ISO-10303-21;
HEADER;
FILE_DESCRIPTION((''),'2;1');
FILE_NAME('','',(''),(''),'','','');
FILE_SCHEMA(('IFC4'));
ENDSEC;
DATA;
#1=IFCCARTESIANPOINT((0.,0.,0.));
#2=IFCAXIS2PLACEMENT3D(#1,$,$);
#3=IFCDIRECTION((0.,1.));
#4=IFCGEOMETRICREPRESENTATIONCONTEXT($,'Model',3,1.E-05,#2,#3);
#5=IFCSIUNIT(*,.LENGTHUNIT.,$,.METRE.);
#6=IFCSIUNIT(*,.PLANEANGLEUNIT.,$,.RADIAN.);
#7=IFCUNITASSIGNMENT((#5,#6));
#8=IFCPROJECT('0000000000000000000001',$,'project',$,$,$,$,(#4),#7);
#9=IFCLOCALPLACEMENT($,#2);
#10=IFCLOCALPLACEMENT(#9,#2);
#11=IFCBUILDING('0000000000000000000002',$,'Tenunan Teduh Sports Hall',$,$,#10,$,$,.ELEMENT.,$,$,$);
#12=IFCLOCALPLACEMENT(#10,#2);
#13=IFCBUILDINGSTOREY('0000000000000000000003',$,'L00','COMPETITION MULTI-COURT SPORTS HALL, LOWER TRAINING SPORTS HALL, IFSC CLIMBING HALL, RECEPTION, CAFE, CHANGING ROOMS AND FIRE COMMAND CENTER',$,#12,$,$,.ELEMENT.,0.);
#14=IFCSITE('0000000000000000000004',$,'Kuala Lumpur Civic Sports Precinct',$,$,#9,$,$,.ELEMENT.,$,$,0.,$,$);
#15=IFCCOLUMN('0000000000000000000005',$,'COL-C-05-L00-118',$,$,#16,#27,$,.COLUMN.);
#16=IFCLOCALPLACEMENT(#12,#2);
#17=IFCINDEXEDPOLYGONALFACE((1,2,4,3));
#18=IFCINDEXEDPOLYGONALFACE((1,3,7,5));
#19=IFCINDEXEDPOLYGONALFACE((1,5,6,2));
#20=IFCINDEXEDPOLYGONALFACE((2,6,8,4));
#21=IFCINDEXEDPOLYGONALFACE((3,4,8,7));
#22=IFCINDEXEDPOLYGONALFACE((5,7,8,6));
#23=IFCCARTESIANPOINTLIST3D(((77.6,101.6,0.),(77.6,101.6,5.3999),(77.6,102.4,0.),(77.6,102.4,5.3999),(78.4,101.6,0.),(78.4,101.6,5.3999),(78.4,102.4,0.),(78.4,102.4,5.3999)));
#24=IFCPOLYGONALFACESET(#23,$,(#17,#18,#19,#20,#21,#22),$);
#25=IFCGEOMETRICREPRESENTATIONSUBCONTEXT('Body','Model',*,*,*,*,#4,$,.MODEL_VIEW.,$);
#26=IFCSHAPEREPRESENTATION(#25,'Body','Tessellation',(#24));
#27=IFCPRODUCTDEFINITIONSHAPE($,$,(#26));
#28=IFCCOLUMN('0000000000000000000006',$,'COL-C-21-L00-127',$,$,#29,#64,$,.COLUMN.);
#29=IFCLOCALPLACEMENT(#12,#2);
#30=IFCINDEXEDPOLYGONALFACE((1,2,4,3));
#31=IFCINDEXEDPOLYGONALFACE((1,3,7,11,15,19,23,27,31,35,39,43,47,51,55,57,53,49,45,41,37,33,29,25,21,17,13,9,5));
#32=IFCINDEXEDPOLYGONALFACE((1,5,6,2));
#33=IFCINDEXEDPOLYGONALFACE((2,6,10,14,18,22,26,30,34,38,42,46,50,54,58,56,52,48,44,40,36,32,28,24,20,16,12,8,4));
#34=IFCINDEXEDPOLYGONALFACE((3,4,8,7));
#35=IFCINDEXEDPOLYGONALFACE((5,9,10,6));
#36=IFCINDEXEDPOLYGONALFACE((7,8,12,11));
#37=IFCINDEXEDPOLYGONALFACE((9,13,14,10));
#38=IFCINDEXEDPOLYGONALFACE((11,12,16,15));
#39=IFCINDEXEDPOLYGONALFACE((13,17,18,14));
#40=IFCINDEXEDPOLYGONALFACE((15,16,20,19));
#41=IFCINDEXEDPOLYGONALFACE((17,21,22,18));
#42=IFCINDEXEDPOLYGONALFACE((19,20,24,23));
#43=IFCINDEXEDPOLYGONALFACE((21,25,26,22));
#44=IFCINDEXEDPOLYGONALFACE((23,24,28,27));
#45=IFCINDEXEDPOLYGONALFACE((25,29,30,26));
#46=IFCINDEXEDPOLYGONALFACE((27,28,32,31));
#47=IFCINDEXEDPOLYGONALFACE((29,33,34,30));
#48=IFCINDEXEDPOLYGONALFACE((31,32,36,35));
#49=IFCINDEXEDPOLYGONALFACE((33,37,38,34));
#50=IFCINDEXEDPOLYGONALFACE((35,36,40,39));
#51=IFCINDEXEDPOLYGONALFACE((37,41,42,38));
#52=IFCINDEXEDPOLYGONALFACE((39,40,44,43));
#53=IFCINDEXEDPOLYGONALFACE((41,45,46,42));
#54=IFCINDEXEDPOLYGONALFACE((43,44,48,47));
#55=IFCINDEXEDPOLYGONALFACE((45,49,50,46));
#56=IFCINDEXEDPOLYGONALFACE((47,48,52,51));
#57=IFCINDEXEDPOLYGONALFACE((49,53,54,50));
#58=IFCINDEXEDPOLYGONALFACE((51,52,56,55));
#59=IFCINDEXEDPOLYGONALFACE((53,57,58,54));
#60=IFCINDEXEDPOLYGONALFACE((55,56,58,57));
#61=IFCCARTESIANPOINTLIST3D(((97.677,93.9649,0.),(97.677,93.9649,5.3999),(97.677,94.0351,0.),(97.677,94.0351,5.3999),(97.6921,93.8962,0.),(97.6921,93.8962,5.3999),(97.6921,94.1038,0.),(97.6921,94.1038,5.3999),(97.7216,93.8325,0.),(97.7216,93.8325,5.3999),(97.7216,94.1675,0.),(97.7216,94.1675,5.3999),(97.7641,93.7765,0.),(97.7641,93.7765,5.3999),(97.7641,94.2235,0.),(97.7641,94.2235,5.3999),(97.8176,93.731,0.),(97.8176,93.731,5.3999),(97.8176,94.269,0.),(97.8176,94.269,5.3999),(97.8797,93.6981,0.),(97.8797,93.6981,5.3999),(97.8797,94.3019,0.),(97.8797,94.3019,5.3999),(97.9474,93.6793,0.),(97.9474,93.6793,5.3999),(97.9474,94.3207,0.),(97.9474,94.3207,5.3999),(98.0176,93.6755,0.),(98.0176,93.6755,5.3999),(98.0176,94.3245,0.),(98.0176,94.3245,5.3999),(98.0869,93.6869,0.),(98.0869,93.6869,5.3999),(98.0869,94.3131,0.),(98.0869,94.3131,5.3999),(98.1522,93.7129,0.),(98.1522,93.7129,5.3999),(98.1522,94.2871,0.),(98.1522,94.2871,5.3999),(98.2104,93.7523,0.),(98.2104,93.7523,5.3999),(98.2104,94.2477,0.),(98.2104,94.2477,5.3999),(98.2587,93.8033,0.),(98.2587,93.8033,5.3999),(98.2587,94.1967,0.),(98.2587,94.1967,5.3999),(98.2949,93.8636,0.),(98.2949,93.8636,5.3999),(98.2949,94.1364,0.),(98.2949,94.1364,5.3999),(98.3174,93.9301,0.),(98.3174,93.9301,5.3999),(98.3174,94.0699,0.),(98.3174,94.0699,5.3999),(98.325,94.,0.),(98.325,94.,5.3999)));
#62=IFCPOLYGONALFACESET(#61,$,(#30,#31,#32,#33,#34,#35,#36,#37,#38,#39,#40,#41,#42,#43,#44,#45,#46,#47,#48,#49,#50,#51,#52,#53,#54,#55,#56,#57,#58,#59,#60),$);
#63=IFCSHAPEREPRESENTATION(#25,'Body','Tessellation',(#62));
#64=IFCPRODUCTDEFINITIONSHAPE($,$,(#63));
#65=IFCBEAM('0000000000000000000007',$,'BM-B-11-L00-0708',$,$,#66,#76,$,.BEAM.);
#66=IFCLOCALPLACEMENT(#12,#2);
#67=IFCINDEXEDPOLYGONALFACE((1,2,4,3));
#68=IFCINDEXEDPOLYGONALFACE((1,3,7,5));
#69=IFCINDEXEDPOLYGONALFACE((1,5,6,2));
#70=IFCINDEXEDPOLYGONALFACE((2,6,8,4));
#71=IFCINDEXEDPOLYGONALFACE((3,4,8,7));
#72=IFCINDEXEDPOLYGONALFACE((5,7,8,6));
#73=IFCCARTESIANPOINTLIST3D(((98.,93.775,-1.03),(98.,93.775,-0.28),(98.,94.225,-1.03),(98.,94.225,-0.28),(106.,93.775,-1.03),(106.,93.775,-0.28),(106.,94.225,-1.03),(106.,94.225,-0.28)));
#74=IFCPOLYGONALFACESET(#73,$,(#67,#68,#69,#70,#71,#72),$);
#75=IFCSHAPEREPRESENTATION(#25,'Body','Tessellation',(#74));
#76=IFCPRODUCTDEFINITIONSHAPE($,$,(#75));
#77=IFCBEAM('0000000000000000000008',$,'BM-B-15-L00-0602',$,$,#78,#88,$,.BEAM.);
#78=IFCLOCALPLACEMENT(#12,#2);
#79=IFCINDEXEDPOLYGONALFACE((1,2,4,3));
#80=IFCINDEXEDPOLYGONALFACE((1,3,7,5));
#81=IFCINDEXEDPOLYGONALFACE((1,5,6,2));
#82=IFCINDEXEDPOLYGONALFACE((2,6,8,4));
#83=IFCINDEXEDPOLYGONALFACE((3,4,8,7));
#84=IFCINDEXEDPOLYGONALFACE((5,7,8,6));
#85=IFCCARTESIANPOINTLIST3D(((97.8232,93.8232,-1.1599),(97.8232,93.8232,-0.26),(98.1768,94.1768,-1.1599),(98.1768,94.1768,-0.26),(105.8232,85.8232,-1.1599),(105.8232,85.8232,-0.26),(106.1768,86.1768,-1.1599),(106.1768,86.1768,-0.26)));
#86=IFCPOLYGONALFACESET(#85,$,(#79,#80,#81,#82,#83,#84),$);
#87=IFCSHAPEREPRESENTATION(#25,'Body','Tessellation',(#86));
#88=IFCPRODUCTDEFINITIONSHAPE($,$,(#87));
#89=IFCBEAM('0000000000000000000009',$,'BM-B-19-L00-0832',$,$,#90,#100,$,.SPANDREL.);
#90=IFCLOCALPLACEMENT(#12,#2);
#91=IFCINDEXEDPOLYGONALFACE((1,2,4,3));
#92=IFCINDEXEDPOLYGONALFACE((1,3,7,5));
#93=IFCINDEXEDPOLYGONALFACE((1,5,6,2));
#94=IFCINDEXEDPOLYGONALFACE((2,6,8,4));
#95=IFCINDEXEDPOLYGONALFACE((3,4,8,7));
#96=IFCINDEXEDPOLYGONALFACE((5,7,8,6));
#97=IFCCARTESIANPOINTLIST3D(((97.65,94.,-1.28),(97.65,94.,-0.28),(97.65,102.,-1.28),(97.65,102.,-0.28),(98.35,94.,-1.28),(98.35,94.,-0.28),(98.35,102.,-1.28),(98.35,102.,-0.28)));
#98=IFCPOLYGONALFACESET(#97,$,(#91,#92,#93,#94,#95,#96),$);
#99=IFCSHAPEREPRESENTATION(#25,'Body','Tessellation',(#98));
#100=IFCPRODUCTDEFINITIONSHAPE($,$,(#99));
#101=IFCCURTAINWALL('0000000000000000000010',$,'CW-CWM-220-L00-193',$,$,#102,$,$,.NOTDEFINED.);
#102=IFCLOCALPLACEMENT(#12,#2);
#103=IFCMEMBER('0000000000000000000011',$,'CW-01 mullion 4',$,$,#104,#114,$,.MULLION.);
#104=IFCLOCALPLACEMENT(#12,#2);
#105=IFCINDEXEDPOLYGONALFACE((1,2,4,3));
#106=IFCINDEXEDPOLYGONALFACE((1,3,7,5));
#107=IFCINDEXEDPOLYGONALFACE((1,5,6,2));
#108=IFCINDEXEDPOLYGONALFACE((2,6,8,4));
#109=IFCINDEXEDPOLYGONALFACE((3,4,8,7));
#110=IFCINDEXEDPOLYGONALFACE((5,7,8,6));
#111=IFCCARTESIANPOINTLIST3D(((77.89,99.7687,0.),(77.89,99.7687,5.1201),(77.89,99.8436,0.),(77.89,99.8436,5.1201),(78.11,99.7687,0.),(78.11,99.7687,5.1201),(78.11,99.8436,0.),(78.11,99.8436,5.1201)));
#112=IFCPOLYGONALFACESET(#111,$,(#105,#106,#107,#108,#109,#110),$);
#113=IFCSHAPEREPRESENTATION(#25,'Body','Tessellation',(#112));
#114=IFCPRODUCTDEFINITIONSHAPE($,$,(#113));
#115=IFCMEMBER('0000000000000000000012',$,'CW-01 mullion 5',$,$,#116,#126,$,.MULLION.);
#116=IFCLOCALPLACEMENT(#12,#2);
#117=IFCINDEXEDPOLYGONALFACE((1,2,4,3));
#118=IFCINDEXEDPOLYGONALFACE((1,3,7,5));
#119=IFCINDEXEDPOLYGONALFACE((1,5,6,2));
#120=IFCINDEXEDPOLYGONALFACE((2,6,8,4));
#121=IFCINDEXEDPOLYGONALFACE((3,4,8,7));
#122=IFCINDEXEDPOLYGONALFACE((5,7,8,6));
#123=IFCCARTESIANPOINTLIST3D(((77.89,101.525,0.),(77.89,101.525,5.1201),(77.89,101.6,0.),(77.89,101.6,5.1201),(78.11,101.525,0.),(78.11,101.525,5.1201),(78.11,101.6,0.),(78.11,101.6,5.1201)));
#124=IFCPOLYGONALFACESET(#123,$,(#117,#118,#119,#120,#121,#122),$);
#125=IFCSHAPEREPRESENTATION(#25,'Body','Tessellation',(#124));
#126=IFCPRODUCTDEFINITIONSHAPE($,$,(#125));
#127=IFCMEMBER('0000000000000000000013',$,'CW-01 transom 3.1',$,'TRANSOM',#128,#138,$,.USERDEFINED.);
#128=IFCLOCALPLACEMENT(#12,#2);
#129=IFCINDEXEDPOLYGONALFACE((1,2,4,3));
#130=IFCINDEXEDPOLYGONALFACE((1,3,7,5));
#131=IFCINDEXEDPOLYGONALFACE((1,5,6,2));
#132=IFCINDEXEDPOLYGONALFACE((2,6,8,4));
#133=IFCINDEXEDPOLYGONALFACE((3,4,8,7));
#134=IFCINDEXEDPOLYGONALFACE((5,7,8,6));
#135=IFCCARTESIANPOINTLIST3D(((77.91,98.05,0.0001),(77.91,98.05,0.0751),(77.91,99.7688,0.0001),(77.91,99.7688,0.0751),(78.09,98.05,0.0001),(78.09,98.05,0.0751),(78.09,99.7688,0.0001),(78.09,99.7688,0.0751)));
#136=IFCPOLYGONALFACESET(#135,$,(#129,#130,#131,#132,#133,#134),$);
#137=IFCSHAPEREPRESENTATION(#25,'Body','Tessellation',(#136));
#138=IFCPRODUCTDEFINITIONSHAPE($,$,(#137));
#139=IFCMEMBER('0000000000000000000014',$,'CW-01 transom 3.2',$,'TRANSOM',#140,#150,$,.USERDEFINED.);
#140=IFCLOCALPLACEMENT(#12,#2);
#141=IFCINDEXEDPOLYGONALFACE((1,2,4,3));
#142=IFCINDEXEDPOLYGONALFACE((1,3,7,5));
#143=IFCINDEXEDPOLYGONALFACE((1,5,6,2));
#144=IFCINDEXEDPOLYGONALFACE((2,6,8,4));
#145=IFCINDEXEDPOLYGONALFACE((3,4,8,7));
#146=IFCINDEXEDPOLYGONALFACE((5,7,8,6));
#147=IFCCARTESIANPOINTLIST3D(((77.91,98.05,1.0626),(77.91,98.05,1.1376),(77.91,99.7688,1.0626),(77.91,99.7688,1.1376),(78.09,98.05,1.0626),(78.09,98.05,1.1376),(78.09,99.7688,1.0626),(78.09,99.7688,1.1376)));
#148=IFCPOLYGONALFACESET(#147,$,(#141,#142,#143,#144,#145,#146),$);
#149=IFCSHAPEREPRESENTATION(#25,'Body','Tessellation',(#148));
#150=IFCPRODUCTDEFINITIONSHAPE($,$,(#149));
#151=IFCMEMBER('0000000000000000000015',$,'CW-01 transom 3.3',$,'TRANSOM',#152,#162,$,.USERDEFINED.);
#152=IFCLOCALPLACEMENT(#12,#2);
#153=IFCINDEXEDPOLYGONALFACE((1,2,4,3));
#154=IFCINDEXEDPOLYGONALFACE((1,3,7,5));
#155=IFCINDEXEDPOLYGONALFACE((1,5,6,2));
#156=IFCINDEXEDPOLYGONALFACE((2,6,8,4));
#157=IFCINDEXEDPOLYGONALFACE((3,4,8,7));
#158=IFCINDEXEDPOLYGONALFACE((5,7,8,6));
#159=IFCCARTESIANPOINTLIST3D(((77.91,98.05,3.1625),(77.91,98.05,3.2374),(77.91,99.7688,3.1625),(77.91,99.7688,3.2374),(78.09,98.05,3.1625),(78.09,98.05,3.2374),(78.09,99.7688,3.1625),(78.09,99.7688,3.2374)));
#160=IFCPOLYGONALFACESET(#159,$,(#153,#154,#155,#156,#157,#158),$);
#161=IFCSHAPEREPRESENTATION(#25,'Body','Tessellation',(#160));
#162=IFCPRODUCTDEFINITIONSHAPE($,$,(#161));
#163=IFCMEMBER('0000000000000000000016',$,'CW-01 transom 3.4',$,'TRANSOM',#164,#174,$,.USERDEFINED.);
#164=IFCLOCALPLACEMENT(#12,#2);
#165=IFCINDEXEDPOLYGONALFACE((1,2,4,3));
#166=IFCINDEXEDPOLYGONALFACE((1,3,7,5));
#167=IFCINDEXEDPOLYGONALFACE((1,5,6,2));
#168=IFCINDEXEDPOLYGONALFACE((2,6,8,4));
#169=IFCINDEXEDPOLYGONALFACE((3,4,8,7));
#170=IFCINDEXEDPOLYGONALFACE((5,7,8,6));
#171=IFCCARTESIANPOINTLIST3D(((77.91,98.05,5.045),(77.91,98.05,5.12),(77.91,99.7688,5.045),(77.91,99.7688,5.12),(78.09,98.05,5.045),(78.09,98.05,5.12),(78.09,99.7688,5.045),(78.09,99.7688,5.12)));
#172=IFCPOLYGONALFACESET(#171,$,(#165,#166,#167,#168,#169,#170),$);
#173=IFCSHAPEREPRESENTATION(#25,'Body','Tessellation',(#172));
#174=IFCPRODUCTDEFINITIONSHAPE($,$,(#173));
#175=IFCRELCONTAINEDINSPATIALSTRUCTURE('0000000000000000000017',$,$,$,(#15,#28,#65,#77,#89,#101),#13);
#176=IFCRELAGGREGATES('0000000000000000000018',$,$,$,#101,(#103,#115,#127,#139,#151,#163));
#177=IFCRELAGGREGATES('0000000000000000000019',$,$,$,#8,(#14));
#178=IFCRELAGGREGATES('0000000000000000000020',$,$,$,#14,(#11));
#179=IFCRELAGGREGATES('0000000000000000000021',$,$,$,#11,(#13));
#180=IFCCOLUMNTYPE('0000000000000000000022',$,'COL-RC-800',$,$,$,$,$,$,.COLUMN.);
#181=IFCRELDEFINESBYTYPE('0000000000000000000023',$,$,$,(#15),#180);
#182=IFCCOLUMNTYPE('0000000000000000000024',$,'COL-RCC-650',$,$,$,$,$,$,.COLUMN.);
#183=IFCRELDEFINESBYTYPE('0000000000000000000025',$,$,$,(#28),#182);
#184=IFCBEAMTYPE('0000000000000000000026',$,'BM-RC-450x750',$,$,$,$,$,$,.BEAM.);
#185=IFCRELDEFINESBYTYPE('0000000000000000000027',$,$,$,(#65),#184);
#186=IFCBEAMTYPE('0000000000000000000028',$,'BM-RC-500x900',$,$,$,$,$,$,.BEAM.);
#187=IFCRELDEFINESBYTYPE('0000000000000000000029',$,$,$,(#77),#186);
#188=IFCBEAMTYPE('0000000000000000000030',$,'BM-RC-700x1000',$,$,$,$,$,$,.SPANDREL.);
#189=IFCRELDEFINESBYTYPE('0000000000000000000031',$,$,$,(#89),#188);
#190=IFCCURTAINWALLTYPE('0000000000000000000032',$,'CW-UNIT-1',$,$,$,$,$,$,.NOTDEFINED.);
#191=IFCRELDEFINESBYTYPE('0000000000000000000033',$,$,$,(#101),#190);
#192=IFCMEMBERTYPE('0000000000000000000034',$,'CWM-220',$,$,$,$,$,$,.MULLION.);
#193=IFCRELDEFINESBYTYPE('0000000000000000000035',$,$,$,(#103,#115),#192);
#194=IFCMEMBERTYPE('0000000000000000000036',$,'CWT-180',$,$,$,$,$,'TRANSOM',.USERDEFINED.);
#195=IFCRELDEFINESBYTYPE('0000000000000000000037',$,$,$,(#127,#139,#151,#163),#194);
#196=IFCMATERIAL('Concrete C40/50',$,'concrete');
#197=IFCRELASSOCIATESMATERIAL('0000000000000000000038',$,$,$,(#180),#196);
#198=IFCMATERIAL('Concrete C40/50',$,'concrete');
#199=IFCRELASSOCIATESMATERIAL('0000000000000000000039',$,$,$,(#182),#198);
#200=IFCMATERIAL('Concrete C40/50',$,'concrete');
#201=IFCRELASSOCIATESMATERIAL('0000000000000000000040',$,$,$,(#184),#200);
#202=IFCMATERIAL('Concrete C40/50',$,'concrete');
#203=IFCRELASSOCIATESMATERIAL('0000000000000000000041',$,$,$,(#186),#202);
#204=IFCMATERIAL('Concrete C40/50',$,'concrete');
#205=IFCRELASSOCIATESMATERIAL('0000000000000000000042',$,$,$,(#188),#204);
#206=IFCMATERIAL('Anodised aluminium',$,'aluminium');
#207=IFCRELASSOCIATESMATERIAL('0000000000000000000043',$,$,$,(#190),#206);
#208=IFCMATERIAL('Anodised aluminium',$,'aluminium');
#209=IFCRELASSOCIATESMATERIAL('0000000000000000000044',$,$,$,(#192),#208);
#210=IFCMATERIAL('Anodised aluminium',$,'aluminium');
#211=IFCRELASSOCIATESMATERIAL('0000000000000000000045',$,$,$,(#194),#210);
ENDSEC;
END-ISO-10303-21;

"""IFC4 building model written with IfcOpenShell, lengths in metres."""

from ifc_helpers import new_model, si_unit, direction, frame, origin, origin_2d, place, context, subcontext, project, spatial, rectangle, circle, extrude, material, material_profile, profile_set, type_object, element, aggregate, save


model = new_model("IFC4")

# Units and contexts
model_context = context("Model", 3, precision=1e-05, world=origin(), true_north=direction((0.0, 1.0)))
body_context = subcontext(model_context, "Body", "Model", "MODEL_VIEW")
ifc_project = project(units=[si_unit("LENGTHUNIT", "METRE"), si_unit("PLANEANGLEUNIT", "RADIAN")], contexts=[model_context])

# Site, building, storey
site_placement = place(None, origin())
site = spatial("IfcSite", under=ifc_project, at=site_placement, Name="Kuala Lumpur Civic Sports Precinct", CompositionType="ELEMENT", RefElevation=0.0)
building_placement = place(site_placement, origin())
building = spatial("IfcBuilding", under=site, at=building_placement, Name="Tenunan Teduh Sports Hall", CompositionType="ELEMENT")
storey_placement = place(building_placement, origin())
storey = spatial("IfcBuildingStorey", under=building, at=storey_placement, Name="L00", Description="COMPETITION MULTI-COURT SPORTS HALL, LOWER TRAINING SPORTS HALL, IFSC CLIMBING HALL, RECEPTION, CAFE, CHANGING ROOMS AND FIRE COMMAND CENTER", CompositionType="ELEMENT", Elevation=0.0)

# Columns
ifc_material_1 = material(Name="Concrete C40/50", Category="concrete")
ifc_material_profile_1 = material_profile(ifc_material_1, rectangle(XDim=0.8, YDim=0.8, at=origin_2d()), Name="RC 800x800")
ifc_profile_set_1 = profile_set([ifc_material_profile_1], Name="Concrete C40/50")
column_type_1 = type_object("IfcColumnType", Name="COL-RC-800", PredefinedType="COLUMN", material=ifc_profile_set_1)
column_1_placement = place(storey_placement, frame((78.0, 102.0, 0.0), z_axis=(0.0, 0.0, 1.0), x_axis=(1.0, 0.0, 0.0)))
element("IfcColumn", 1, at=column_1_placement, inside=storey, type_object=column_type_1, Name="COL-C-05-L00-118", PredefinedType="COLUMN", context=body_context, shape_type="SweptSolid", body=[
    extrude(rectangle(XDim=0.8, YDim=0.8, at=origin_2d()), origin(), (0.0, 0.0, 1.0), 5.3999),
])
ifc_material_2 = material(Name="Concrete C40/50", Category="concrete")
ifc_material_profile_2 = material_profile(ifc_material_2, circle(Radius=0.325, at=origin_2d()), Name="RCC D650")
ifc_profile_set_2 = profile_set([ifc_material_profile_2], Name="Concrete C40/50")
column_type_2 = type_object("IfcColumnType", Name="COL-RCC-650", PredefinedType="COLUMN", material=ifc_profile_set_2)
column_2_placement = place(storey_placement, frame((98.0, 94.0, 0.0), z_axis=(0.0, 0.0, 1.0), x_axis=(1.0, 0.0, 0.0)))
element("IfcColumn", 2, at=column_2_placement, inside=storey, type_object=column_type_2, Name="COL-C-21-L00-127", PredefinedType="COLUMN", context=body_context, shape_type="SweptSolid", body=[
    extrude(circle(Radius=0.325, at=origin_2d()), origin(), (0.0, 0.0, 1.0), 5.3999),
])

# Beams
ifc_material_3 = material(Name="Concrete C40/50", Category="concrete")
ifc_material_profile_3 = material_profile(ifc_material_3, rectangle(XDim=0.45, YDim=0.75, at=origin_2d()), Name="RCB 450x750")
ifc_profile_set_3 = profile_set([ifc_material_profile_3], Name="Concrete C40/50")
beam_type_1 = type_object("IfcBeamType", Name="BM-RC-450x750", PredefinedType="BEAM", material=ifc_profile_set_3)
beam_1_placement = place(storey_placement, frame((98.0, 94.0, -0.655), z_axis=(1.0, 0.0, 0.0), x_axis=(0.0, 1.0, 0.0)))
element("IfcBeam", 3, at=beam_1_placement, inside=storey, type_object=beam_type_1, Name="BM-B-11-L00-0708", PredefinedType="BEAM", context=body_context, shape_type="SweptSolid", body=[
    extrude(rectangle(XDim=0.45, YDim=0.75, at=origin_2d()), origin(), (0.0, 0.0, 1.0), 8.0),
])
ifc_material_4 = material(Name="Concrete C40/50", Category="concrete")
ifc_material_profile_4 = material_profile(ifc_material_4, rectangle(XDim=0.5, YDim=0.8999, at=origin_2d()), Name="RCB 500x900")
ifc_profile_set_4 = profile_set([ifc_material_profile_4], Name="Concrete C40/50")
beam_type_2 = type_object("IfcBeamType", Name="BM-RC-500x900", PredefinedType="BEAM", material=ifc_profile_set_4)
beam_2_placement = place(storey_placement, frame((98.0, 94.0, -0.71), z_axis=(0.707107, -0.707107, 0.0), x_axis=(0.707107, 0.707107, 0.0)))
element("IfcBeam", 4, at=beam_2_placement, inside=storey, type_object=beam_type_2, Name="BM-B-15-L00-0602", PredefinedType="BEAM", context=body_context, shape_type="SweptSolid", body=[
    extrude(rectangle(XDim=0.5, YDim=0.8999, at=origin_2d()), origin(), (0.0, 0.0, 1.0), 11.3137),
])
ifc_material_5 = material(Name="Concrete C40/50", Category="concrete")
ifc_material_profile_5 = material_profile(ifc_material_5, rectangle(XDim=0.7, YDim=1.0, at=origin_2d()), Name="RCB 700x1000")
ifc_profile_set_5 = profile_set([ifc_material_profile_5], Name="Concrete C40/50")
beam_type_3 = type_object("IfcBeamType", Name="BM-RC-700x1000", PredefinedType="SPANDREL", material=ifc_profile_set_5)
beam_3_placement = place(storey_placement, frame((98.0, 94.0, -0.78), z_axis=(0.0, 1.0, 0.0), x_axis=(-1.0, 0.0, 0.0)))
element("IfcBeam", 5, at=beam_3_placement, inside=storey, type_object=beam_type_3, Name="BM-B-19-L00-0832", PredefinedType="SPANDREL", context=body_context, shape_type="SweptSolid", body=[
    extrude(rectangle(XDim=0.7, YDim=1.0, at=origin_2d()), origin(), (0.0, 0.0, 1.0), 8.0),
])

# Curtain wall, members
ifc_material_6 = material(Name="Anodised aluminium", Category="aluminium")
curtain_wall_type = type_object("IfcCurtainWallType", Name="CW-UNIT-1", PredefinedType="NOTDEFINED", material=ifc_material_6)
curtain_wall_placement = place(storey_placement, origin())
curtain_wall = element("IfcCurtainWall", 6, at=curtain_wall_placement, inside=storey, type_object=curtain_wall_type, Name="CW-CWM-220-L00-193", PredefinedType="NOTDEFINED")
ifc_material_7 = material(Name="Anodised aluminium", Category="aluminium")
ifc_material_profile_6 = material_profile(ifc_material_7, rectangle(XDim=0.075, YDim=0.22, at=origin_2d()), Name="CWM 75x220")
ifc_profile_set_6 = profile_set([ifc_material_profile_6], Name="Anodised aluminium")
member_type_1 = type_object("IfcMemberType", Name="CWM-220", PredefinedType="MULLION", material=ifc_profile_set_6)
member_1_placement = place(storey_placement, frame((78.0, 99.8062, 0.0), z_axis=(0.0, 0.0, 1.0), x_axis=(0.0, 1.0, 0.0)))
member_1 = element("IfcMember", 7, at=member_1_placement, type_object=member_type_1, Name="CW-01 mullion 4", PredefinedType="MULLION", context=body_context, shape_type="SweptSolid", body=[
    extrude(rectangle(XDim=0.075, YDim=0.22, at=origin_2d()), origin(), (0.0, 0.0, 1.0), 5.1201),
])
member_2_placement = place(storey_placement, frame((78.0, 101.5625, 0.0), z_axis=(0.0, 0.0, 1.0), x_axis=(0.0, 1.0, 0.0)))
member_2 = element("IfcMember", 8, at=member_2_placement, type_object=member_type_1, Name="CW-01 mullion 5", PredefinedType="MULLION", context=body_context, shape_type="SweptSolid", body=[
    extrude(rectangle(XDim=0.075, YDim=0.22, at=origin_2d()), origin(), (0.0, 0.0, 1.0), 5.1201),
])
ifc_material_8 = material(Name="Anodised aluminium", Category="aluminium")
ifc_material_profile_7 = material_profile(ifc_material_8, rectangle(XDim=0.075, YDim=0.1799, at=origin_2d()), Name="CWT 75x180")
ifc_profile_set_7 = profile_set([ifc_material_profile_7], Name="Anodised aluminium")
member_type_2 = type_object("IfcMemberType", Name="CWT-180", ElementType="TRANSOM", PredefinedType="USERDEFINED", material=ifc_profile_set_7)
member_3_placement = place(storey_placement, frame((78.0, 98.05, 0.0376), z_axis=(0.0, 1.0, 0.0), x_axis=(0.0, 0.0, 1.0)))
member_3 = element("IfcMember", 9, at=member_3_placement, type_object=member_type_2, Name="CW-01 transom 3.1", ObjectType="TRANSOM", PredefinedType="USERDEFINED", context=body_context, shape_type="SweptSolid", body=[
    extrude(rectangle(XDim=0.075, YDim=0.1799, at=origin_2d()), origin(), (0.0, 0.0, 1.0), 1.7188),
])
member_4_placement = place(storey_placement, frame((78.0, 98.05, 1.1001), z_axis=(0.0, 1.0, 0.0), x_axis=(0.0, 0.0, 1.0)))
member_4 = element("IfcMember", 10, at=member_4_placement, type_object=member_type_2, Name="CW-01 transom 3.2", ObjectType="TRANSOM", PredefinedType="USERDEFINED", context=body_context, shape_type="SweptSolid", body=[
    extrude(rectangle(XDim=0.075, YDim=0.1799, at=origin_2d()), origin(), (0.0, 0.0, 1.0), 1.7188),
])
member_5_placement = place(storey_placement, frame((78.0, 98.05, 3.2), z_axis=(0.0, 1.0, 0.0), x_axis=(0.0, 0.0, 1.0)))
member_5 = element("IfcMember", 11, at=member_5_placement, type_object=member_type_2, Name="CW-01 transom 3.3", ObjectType="TRANSOM", PredefinedType="USERDEFINED", context=body_context, shape_type="SweptSolid", body=[
    extrude(rectangle(XDim=0.075, YDim=0.1799, at=origin_2d()), origin(), (0.0, 0.0, 1.0), 1.7188),
])
member_6_placement = place(storey_placement, frame((78.0, 98.05, 5.0825), z_axis=(0.0, 1.0, 0.0), x_axis=(0.0, 0.0, 1.0)))
member_6 = element("IfcMember", 12, at=member_6_placement, type_object=member_type_2, Name="CW-01 transom 3.4", ObjectType="TRANSOM", PredefinedType="USERDEFINED", context=body_context, shape_type="SweptSolid", body=[
    extrude(rectangle(XDim=0.075, YDim=0.1799, at=origin_2d()), origin(), (0.0, 0.0, 1.0), 1.7188),
])

aggregate(curtain_wall, [member_1, member_2, member_3, member_4, member_5, member_6])

save(model, "model.ifc")
